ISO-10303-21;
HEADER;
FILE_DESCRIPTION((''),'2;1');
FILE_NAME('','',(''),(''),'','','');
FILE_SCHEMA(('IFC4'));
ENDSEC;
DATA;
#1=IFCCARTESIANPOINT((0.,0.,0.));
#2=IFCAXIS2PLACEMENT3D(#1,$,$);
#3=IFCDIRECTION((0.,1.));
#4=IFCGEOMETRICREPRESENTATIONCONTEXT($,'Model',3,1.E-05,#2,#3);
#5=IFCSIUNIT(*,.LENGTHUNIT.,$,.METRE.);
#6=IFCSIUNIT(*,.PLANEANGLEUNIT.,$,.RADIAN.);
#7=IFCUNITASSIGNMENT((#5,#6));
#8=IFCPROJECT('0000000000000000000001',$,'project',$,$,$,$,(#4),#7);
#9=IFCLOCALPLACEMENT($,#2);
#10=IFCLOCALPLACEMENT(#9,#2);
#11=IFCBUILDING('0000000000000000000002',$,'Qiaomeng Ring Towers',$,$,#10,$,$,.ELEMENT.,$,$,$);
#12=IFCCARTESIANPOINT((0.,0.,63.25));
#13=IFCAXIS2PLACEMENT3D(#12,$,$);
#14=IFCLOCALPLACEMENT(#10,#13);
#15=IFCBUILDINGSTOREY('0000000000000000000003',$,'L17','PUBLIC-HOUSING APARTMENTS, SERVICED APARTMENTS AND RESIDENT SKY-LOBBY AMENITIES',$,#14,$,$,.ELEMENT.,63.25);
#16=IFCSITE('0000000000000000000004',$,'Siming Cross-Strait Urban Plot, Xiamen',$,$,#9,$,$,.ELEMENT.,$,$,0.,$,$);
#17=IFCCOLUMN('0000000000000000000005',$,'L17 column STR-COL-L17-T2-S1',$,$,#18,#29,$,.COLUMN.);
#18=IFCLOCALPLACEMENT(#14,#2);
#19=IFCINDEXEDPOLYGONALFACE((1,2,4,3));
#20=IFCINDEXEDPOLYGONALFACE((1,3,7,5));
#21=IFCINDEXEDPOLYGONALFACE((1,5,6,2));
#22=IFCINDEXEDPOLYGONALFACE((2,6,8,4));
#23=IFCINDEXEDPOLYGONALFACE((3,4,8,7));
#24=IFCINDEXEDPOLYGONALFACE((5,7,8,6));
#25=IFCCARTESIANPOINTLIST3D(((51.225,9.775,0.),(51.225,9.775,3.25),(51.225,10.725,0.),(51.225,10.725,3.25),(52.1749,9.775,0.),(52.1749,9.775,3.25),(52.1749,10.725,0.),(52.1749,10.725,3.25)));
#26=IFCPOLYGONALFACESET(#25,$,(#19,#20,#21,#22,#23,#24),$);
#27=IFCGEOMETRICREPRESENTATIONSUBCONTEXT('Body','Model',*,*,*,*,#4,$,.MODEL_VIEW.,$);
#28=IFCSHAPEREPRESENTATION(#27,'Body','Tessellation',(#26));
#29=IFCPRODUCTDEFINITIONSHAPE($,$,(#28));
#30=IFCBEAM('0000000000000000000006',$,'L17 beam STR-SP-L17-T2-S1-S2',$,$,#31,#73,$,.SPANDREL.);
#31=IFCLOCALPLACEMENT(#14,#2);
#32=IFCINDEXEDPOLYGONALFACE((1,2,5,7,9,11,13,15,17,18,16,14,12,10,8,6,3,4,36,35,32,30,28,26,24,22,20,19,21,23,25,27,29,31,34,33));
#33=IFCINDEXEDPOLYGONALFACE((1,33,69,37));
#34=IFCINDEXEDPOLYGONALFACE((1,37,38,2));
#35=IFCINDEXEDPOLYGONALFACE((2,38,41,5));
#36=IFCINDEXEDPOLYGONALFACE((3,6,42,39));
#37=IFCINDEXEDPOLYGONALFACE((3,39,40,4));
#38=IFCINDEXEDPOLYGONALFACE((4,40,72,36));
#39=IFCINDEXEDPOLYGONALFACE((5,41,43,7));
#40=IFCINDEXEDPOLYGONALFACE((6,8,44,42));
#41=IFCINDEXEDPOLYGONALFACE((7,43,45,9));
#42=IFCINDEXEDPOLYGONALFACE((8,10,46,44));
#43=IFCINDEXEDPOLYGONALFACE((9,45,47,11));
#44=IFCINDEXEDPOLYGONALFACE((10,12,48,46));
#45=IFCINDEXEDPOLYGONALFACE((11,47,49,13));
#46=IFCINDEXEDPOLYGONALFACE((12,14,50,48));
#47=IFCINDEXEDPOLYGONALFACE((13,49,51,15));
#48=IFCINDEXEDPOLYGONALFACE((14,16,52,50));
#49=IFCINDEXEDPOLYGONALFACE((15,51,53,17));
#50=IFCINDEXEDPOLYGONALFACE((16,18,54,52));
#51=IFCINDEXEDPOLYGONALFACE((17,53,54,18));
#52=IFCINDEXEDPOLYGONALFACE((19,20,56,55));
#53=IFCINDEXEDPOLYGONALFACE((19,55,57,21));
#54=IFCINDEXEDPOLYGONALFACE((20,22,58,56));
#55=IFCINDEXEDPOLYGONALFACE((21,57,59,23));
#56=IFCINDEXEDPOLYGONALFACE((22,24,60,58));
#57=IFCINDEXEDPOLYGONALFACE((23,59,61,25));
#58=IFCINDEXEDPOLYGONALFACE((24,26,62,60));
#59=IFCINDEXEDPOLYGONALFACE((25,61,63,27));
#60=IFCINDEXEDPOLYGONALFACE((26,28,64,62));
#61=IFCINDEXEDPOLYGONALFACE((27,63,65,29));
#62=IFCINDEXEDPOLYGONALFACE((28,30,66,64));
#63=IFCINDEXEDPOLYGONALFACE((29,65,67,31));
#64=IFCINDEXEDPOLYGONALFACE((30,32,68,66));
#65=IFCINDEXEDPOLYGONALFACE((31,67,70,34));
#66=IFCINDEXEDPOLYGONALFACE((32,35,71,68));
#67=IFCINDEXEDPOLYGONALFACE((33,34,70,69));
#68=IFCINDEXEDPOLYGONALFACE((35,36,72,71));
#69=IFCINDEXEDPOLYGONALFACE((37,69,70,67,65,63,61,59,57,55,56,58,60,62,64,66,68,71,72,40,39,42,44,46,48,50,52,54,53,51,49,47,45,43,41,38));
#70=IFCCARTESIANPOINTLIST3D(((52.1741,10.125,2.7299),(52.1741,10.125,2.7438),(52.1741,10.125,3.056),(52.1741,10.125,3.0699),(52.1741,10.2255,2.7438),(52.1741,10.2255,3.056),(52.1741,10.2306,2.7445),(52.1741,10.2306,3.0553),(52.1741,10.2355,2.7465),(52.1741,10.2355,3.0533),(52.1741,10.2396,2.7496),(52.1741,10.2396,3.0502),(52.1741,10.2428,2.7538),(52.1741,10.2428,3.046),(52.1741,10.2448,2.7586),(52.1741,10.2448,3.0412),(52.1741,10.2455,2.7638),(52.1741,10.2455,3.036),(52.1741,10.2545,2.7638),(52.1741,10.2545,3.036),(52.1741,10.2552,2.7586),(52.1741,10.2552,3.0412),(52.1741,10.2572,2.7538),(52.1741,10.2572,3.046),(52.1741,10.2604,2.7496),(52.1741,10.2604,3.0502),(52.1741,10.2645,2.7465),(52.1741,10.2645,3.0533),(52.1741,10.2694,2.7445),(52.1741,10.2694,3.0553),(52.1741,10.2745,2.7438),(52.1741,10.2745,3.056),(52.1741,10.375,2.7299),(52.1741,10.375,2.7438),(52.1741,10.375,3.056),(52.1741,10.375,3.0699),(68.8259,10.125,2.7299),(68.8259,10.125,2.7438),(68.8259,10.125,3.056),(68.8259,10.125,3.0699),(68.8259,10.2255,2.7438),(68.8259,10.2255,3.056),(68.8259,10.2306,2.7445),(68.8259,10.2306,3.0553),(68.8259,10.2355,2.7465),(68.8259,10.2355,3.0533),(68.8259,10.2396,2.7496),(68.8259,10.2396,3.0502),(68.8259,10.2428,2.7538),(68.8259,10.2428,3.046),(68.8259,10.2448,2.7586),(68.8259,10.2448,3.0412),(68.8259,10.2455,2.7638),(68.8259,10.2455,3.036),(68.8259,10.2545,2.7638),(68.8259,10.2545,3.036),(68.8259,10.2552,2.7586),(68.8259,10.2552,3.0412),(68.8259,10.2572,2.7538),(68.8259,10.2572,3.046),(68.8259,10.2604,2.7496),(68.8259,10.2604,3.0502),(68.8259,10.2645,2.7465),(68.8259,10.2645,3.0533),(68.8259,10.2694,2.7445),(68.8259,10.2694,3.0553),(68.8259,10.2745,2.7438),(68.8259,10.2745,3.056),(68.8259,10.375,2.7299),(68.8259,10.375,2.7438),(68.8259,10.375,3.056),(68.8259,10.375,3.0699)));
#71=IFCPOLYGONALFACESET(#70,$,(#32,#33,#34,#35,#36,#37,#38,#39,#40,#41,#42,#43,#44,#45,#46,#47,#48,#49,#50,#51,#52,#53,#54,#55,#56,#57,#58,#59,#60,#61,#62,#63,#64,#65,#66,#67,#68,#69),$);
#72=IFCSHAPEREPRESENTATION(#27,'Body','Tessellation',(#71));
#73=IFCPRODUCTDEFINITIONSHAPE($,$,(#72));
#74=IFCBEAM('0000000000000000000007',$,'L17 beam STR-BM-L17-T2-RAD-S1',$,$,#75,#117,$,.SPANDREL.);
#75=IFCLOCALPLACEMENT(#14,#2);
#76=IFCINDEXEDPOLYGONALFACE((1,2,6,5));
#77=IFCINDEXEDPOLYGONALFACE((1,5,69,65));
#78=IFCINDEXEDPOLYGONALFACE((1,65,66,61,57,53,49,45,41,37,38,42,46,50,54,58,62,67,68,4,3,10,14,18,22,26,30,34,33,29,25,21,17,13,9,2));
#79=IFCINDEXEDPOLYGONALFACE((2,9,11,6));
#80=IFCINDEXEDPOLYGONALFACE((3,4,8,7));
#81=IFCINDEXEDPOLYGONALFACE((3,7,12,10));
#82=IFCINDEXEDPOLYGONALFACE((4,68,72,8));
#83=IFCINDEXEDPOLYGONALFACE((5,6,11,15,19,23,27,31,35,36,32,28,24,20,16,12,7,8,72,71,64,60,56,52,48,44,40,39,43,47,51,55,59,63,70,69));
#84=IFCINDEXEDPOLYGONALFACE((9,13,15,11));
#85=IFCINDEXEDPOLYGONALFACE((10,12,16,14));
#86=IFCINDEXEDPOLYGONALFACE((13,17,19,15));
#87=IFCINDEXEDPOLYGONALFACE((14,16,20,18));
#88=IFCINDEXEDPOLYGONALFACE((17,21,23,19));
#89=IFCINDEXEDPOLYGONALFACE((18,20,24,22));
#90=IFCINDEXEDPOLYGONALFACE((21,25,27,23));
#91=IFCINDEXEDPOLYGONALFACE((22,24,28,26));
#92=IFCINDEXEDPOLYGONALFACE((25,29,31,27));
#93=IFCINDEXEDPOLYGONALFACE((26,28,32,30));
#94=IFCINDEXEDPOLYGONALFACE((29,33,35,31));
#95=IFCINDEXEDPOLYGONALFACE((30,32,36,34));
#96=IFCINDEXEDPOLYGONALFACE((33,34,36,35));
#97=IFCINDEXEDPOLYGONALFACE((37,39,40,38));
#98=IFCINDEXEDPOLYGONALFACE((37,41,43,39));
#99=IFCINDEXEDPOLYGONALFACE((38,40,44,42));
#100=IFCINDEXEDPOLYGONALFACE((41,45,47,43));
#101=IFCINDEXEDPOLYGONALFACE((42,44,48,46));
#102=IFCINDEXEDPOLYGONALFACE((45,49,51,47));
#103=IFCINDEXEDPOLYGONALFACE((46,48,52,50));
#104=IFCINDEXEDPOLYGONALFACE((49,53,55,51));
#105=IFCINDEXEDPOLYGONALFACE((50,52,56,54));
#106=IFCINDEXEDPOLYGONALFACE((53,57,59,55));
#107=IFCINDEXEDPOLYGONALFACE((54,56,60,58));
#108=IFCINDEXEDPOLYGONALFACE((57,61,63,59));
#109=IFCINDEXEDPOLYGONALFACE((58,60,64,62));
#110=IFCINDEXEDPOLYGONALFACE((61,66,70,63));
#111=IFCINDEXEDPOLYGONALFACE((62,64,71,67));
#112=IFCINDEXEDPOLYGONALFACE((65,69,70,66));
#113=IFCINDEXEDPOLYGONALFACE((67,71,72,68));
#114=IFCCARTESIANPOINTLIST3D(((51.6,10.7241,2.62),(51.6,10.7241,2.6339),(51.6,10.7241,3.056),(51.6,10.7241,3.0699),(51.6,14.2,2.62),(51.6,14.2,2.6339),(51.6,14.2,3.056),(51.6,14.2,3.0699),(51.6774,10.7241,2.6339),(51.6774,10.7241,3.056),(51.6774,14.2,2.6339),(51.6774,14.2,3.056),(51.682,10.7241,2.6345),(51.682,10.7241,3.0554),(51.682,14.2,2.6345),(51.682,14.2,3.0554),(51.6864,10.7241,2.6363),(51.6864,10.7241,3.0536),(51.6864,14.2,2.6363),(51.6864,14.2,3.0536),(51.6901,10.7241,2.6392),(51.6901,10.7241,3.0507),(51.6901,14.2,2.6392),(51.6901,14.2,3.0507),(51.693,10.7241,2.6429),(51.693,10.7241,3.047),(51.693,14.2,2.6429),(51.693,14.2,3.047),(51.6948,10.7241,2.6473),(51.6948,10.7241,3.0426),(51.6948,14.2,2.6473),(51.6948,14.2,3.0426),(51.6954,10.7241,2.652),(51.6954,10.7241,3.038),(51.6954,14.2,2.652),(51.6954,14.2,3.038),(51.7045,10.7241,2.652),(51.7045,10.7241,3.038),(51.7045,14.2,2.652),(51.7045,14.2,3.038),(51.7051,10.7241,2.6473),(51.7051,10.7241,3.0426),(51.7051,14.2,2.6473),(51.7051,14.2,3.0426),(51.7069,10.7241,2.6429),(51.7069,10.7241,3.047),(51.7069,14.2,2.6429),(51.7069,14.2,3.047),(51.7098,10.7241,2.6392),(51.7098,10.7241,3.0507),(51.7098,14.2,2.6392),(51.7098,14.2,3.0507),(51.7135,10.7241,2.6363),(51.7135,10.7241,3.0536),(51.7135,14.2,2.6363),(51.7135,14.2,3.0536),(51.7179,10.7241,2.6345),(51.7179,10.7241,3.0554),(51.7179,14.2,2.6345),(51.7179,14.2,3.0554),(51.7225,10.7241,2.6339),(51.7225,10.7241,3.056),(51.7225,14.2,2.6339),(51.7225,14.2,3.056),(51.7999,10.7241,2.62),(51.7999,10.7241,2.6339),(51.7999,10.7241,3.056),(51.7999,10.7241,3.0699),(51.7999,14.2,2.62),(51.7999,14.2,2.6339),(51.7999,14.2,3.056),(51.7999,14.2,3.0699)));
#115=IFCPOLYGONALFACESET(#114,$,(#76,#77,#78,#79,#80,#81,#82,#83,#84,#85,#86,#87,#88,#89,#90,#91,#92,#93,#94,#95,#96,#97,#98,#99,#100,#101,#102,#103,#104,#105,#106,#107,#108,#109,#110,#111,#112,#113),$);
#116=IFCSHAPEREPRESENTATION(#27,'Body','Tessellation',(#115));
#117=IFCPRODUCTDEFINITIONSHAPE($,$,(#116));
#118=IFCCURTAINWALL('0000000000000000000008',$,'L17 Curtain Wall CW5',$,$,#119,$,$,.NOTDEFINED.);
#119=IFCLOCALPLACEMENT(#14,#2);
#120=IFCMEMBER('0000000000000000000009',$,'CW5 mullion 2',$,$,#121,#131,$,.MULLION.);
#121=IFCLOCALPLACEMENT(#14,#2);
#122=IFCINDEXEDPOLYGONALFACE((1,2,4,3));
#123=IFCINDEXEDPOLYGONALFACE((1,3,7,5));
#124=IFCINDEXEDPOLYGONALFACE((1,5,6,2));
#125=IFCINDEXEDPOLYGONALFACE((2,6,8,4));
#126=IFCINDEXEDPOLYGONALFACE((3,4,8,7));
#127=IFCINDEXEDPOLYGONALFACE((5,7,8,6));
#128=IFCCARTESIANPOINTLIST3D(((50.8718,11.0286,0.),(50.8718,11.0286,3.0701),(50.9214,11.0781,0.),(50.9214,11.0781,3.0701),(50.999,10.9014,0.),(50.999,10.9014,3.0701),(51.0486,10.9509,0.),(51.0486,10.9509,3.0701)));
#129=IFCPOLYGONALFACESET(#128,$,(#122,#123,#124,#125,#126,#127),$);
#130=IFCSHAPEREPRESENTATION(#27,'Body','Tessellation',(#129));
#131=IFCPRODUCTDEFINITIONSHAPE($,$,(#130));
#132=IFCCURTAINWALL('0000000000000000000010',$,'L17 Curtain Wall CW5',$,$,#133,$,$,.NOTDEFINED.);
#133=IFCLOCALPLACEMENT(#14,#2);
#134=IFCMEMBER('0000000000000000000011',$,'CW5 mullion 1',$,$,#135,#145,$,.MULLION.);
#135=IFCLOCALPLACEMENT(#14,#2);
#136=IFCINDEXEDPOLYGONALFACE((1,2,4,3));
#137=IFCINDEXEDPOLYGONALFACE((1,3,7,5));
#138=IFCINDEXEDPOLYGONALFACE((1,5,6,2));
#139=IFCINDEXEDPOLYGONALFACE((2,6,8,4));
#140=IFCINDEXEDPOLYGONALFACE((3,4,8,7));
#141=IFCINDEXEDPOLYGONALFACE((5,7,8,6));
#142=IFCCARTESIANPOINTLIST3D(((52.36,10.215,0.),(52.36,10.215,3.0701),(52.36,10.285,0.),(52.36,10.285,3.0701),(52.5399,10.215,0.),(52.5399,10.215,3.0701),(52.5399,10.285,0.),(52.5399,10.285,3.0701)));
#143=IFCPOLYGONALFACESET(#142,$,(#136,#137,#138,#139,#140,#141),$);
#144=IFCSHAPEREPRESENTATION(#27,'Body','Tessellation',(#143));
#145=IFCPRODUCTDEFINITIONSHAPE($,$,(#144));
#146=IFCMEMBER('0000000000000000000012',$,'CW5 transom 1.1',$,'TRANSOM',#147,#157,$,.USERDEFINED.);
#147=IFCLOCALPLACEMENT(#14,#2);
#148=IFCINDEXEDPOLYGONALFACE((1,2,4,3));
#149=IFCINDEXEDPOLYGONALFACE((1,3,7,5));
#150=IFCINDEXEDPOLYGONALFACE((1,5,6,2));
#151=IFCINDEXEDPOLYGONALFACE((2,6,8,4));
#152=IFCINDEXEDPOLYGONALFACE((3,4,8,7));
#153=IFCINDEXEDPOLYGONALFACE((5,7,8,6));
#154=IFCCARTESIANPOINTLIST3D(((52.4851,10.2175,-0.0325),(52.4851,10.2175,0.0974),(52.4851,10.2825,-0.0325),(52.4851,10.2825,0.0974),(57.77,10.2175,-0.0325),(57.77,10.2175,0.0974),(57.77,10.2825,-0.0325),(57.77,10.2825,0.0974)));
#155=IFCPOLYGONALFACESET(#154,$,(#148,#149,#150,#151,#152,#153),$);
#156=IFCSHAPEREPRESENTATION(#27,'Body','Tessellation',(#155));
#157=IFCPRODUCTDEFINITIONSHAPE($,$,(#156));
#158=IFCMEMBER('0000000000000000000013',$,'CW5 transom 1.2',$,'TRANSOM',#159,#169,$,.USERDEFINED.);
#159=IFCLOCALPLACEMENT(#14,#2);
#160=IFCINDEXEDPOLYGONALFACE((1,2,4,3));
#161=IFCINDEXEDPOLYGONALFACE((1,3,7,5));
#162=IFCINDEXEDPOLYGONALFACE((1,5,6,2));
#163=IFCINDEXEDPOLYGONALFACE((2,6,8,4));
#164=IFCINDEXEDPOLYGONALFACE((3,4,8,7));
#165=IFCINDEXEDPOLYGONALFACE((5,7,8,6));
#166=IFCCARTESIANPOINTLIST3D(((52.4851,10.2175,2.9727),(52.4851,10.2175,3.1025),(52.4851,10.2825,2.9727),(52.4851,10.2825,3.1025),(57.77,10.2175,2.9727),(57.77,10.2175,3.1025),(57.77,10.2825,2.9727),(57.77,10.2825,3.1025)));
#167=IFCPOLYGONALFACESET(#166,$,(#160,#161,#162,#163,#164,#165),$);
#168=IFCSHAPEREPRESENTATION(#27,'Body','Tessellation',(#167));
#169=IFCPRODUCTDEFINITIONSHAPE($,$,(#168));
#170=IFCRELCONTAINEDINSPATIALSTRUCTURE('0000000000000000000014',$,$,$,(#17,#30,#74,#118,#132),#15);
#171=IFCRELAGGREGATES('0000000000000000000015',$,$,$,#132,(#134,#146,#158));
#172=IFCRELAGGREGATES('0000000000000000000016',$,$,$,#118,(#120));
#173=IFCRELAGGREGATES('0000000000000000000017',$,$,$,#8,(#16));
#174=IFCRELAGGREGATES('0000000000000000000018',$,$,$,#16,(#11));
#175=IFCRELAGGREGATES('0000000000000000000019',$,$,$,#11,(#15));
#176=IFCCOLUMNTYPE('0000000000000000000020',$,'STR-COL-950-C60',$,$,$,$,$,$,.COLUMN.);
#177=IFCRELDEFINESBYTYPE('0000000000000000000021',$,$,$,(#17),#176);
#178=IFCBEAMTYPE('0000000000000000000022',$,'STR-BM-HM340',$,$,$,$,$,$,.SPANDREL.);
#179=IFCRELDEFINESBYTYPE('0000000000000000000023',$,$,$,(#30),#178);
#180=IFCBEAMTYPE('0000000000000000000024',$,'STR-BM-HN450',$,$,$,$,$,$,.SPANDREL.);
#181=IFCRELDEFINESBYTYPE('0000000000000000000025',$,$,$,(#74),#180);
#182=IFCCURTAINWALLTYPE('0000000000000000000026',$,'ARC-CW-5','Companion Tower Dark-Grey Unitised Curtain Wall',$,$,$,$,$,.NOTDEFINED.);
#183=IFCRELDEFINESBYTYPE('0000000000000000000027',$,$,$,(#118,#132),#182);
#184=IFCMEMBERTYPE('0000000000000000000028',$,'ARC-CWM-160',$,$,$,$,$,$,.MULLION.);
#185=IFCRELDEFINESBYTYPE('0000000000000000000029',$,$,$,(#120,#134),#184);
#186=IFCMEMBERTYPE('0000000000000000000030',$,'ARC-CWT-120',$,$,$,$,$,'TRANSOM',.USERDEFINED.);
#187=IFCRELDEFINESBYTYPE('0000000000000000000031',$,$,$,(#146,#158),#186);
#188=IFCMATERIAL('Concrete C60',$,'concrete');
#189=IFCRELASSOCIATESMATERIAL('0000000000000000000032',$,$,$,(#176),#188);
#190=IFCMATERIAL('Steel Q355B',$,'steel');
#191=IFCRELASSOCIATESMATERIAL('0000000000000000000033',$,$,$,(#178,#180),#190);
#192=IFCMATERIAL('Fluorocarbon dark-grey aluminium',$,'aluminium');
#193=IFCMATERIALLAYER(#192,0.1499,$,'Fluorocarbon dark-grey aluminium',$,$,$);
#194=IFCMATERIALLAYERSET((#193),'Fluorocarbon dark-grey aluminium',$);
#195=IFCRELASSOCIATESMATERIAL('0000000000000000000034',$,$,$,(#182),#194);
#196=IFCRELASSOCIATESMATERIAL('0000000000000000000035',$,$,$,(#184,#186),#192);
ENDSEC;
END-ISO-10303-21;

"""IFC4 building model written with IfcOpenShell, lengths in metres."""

from ifc_helpers import new_model, si_unit, direction, frame, origin, origin_2d, place, context, subcontext, project, spatial, rectangle, i_section, extrude, source, transform, mapped, material, layer, layer_set, material_profile, profile_set, type_object, element, aggregate, save


model = new_model("IFC4")

# Units and contexts
model_context = context("Model", 3, precision=1e-05, world=origin(), true_north=direction((0.0, 1.0)))
body_context = subcontext(model_context, "Body", "Model", "MODEL_VIEW")
ifc_project = project(units=[si_unit("LENGTHUNIT", "METRE"), si_unit("PLANEANGLEUNIT", "RADIAN")], contexts=[model_context])

# Site, building, storey
site_placement = place(None, origin())
site = spatial("IfcSite", under=ifc_project, at=site_placement, Name="Siming Cross-Strait Urban Plot, Xiamen", CompositionType="ELEMENT", RefElevation=0.0)
building_placement = place(site_placement, origin())
building = spatial("IfcBuilding", under=site, at=building_placement, Name="Qiaomeng Ring Towers", CompositionType="ELEMENT")
storey_placement = place(building_placement, frame((0.0, 0.0, 63.25)))
storey = spatial("IfcBuildingStorey", under=building, at=storey_placement, Name="L17", Description="PUBLIC-HOUSING APARTMENTS, SERVICED APARTMENTS AND RESIDENT SKY-LOBBY AMENITIES", CompositionType="ELEMENT", Elevation=63.25)

# Column
ifc_material_1 = material(Name="Concrete C60", Category="concrete")
ifc_material_profile_1 = material_profile(ifc_material_1, rectangle(XDim=0.95, YDim=0.95, at=origin_2d()), Name="RC COL 950x950")
ifc_profile_set_1 = profile_set([ifc_material_profile_1], Name="Concrete C60")
column_type = type_object("IfcColumnType", Name="STR-COL-950-C60", PredefinedType="COLUMN", material=ifc_profile_set_1)
shared_shape_1 = source(origin(), body_context, "Body", "SweptSolid", [
    extrude(rectangle(XDim=0.95, YDim=0.95, at=origin_2d()), origin(), (0.0, 0.0, 1.0), 3.25),
])
column_placement = place(storey_placement, frame((51.7, 10.25, 0.0), z_axis=(0.0, 0.0, 1.0), x_axis=(1.0, 0.0, 0.0)))
element("IfcColumn", 1, at=column_placement, inside=storey, type_object=column_type, Name="L17 column STR-COL-L17-T2-S1", PredefinedType="COLUMN", context=body_context, shape_type="MappedRepresentation", body=[
    mapped(shared_shape_1, transform((0.0, 0.0, 0.0), x_axis=(1.0, 0.0, 0.0), y_axis=(0.0, 1.0, 0.0), z_axis=(0.0, 0.0, 1.0), scale=1.0)),
])

# Beams
ifc_material_2 = material(Name="Steel Q355B", Category="steel")
ifc_material_profile_2 = material_profile(ifc_material_2, i_section(OverallWidth=0.25, OverallDepth=0.3401, WebThickness=0.009, FlangeThickness=0.0139, FilletRadius=0.02, at=origin_2d()), Name="HM 340x250x9x14")
ifc_profile_set_2 = profile_set([ifc_material_profile_2], Name="Steel Q355B")
beam_type_1 = type_object("IfcBeamType", Name="STR-BM-HM340", PredefinedType="SPANDREL", material=ifc_profile_set_2)
shared_shape_2 = source(origin(), body_context, "Body", "SweptSolid", [
    extrude(i_section(OverallWidth=0.25, OverallDepth=0.3401, WebThickness=0.009, FlangeThickness=0.0139, FilletRadius=0.02, at=origin_2d()), origin(), (0.0, 0.0, 1.0), 16.6519),
])
beam_1_placement = place(storey_placement, frame((52.1741, 10.25, 2.8999), z_axis=(1.0, 0.0, 0.0), x_axis=(0.0, 1.0, 0.0)))
element("IfcBeam", 2, at=beam_1_placement, inside=storey, type_object=beam_type_1, Name="L17 beam STR-SP-L17-T2-S1-S2", PredefinedType="SPANDREL", context=body_context, shape_type="MappedRepresentation", body=[
    mapped(shared_shape_2, transform((0.0, 0.0, 0.0), x_axis=(1.0, 0.0, 0.0), y_axis=(0.0, 1.0, 0.0), z_axis=(0.0, 0.0, 1.0), scale=1.0)),
])
ifc_material_profile_3 = material_profile(ifc_material_2, i_section(OverallWidth=0.2, OverallDepth=0.45, WebThickness=0.009, FlangeThickness=0.0139, FilletRadius=0.0181, at=origin_2d()), Name="HN 450x200x9x14")
ifc_profile_set_3 = profile_set([ifc_material_profile_3], Name="Steel Q355B")
beam_type_2 = type_object("IfcBeamType", Name="STR-BM-HN450", PredefinedType="SPANDREL", material=ifc_profile_set_3)
shared_shape_3 = source(origin(), body_context, "Body", "SweptSolid", [
    extrude(i_section(OverallWidth=0.2, OverallDepth=0.45, WebThickness=0.009, FlangeThickness=0.0139, FilletRadius=0.0181, at=origin_2d()), origin(), (0.0, 0.0, 1.0), 3.4758),
])
beam_2_placement = place(storey_placement, frame((51.7, 10.7241, 2.845), z_axis=(0.0, 1.0, 0.0), x_axis=(-1.0, 0.0, 0.0)))
element("IfcBeam", 3, at=beam_2_placement, inside=storey, type_object=beam_type_2, Name="L17 beam STR-BM-L17-T2-RAD-S1", PredefinedType="SPANDREL", context=body_context, shape_type="MappedRepresentation", body=[
    mapped(shared_shape_3, transform((0.0, 0.0, 0.0), x_axis=(1.0, 0.0, 0.0), y_axis=(0.0, 1.0, 0.0), z_axis=(0.0, 0.0, 1.0), scale=1.0)),
])

# Curtain wall, member
ifc_material_3 = material(Name="Fluorocarbon dark-grey aluminium", Category="aluminium")
ifc_layer_1 = layer(ifc_material_3, 0.1499, Name="Fluorocarbon dark-grey aluminium")
ifc_layer_set_1 = layer_set([ifc_layer_1], Name="Fluorocarbon dark-grey aluminium")
curtain_wall_type = type_object("IfcCurtainWallType", Name="ARC-CW-5", Description="Companion Tower Dark-Grey Unitised Curtain Wall", PredefinedType="NOTDEFINED", material=ifc_layer_set_1)
curtain_wall_1_placement = place(storey_placement, origin())
curtain_wall_1 = element("IfcCurtainWall", 4, at=curtain_wall_1_placement, inside=storey, type_object=curtain_wall_type, Name="L17 Curtain Wall CW5", PredefinedType="NOTDEFINED")
ifc_material_profile_4 = material_profile(ifc_material_3, rectangle(XDim=0.0701, YDim=0.1799, at=origin_2d()), Name="ALU MULL 70x180")
ifc_profile_set_4 = profile_set([ifc_material_profile_4], Name="Fluorocarbon dark-grey aluminium")
member_type_1 = type_object("IfcMemberType", Name="ARC-CWM-160", PredefinedType="MULLION", material=ifc_profile_set_4)
shared_shape_4 = source(origin(), body_context, "Body", "SweptSolid", [
    extrude(rectangle(XDim=0.0701, YDim=0.1799, at=origin_2d()), origin(), (0.0, 0.0, 1.0), 3.0701),
])
member_1_placement = place(storey_placement, frame((50.9602, 10.9897, 0.0), z_axis=(0.0, 0.0, 1.0), x_axis=(0.707107, 0.707107, 0.0)))
member_1 = element("IfcMember", 5, at=member_1_placement, type_object=member_type_1, Name="CW5 mullion 2", PredefinedType="MULLION", context=body_context, shape_type="MappedRepresentation", body=[
    mapped(shared_shape_4, transform((0.0, 0.0, 0.0), x_axis=(1.0, 0.0, 0.0), y_axis=(0.0, 1.0, 0.0), z_axis=(0.0, 0.0, 1.0), scale=1.0)),
])

# Curtain wall, members
curtain_wall_2_placement = place(storey_placement, origin())
curtain_wall_2 = element("IfcCurtainWall", 6, at=curtain_wall_2_placement, inside=storey, type_object=curtain_wall_type, Name="L17 Curtain Wall CW5", PredefinedType="NOTDEFINED")
member_2_placement = place(storey_placement, frame((52.45, 10.25, 0.0), z_axis=(0.0, 0.0, 1.0), x_axis=(0.0, 1.0, 0.0)))
member_2 = element("IfcMember", 7, at=member_2_placement, type_object=member_type_1, Name="CW5 mullion 1", PredefinedType="MULLION", context=body_context, shape_type="MappedRepresentation", body=[
    mapped(shared_shape_4, transform((0.0, 0.0, 0.0), x_axis=(1.0, 0.0, 0.0), y_axis=(0.0, 1.0, 0.0), z_axis=(0.0, 0.0, 1.0), scale=1.0)),
])
ifc_material_profile_5 = material_profile(ifc_material_3, rectangle(XDim=0.0649, YDim=0.1299, at=origin_2d()), Name="ALU TRAN 65x130")
ifc_profile_set_5 = profile_set([ifc_material_profile_5], Name="Fluorocarbon dark-grey aluminium")
member_type_2 = type_object("IfcMemberType", Name="ARC-CWT-120", ElementType="TRANSOM", PredefinedType="USERDEFINED", material=ifc_profile_set_5)
shared_shape_5 = source(origin(), body_context, "Body", "SweptSolid", [
    extrude(rectangle(XDim=0.0649, YDim=0.1299, at=origin_2d()), origin(), (0.0, 0.0, 1.0), 5.2849),
])
member_3_placement = place(storey_placement, frame((52.4851, 10.25, 0.0325), z_axis=(1.0, 0.0, 0.0), x_axis=(0.0, 1.0, 0.0)))
member_3 = element("IfcMember", 8, at=member_3_placement, type_object=member_type_2, Name="CW5 transom 1.1", ObjectType="TRANSOM", PredefinedType="USERDEFINED", context=body_context, shape_type="MappedRepresentation", body=[
    mapped(shared_shape_5, transform((0.0, 0.0, 0.0), x_axis=(1.0, 0.0, 0.0), y_axis=(0.0, 1.0, 0.0), z_axis=(0.0, 0.0, 1.0), scale=1.0)),
])
member_4_placement = place(storey_placement, frame((52.4851, 10.25, 3.0376), z_axis=(1.0, 0.0, 0.0), x_axis=(0.0, 1.0, 0.0)))
member_4 = element("IfcMember", 9, at=member_4_placement, type_object=member_type_2, Name="CW5 transom 1.2", ObjectType="TRANSOM", PredefinedType="USERDEFINED", context=body_context, shape_type="MappedRepresentation", body=[
    mapped(shared_shape_5, transform((0.0, 0.0, 0.0), x_axis=(1.0, 0.0, 0.0), y_axis=(0.0, 1.0, 0.0), z_axis=(0.0, 0.0, 1.0), scale=1.0)),
])
aggregate(curtain_wall_2, [member_2, member_3, member_4])

aggregate(curtain_wall_1, [member_1])

save(model, "model.ifc")
